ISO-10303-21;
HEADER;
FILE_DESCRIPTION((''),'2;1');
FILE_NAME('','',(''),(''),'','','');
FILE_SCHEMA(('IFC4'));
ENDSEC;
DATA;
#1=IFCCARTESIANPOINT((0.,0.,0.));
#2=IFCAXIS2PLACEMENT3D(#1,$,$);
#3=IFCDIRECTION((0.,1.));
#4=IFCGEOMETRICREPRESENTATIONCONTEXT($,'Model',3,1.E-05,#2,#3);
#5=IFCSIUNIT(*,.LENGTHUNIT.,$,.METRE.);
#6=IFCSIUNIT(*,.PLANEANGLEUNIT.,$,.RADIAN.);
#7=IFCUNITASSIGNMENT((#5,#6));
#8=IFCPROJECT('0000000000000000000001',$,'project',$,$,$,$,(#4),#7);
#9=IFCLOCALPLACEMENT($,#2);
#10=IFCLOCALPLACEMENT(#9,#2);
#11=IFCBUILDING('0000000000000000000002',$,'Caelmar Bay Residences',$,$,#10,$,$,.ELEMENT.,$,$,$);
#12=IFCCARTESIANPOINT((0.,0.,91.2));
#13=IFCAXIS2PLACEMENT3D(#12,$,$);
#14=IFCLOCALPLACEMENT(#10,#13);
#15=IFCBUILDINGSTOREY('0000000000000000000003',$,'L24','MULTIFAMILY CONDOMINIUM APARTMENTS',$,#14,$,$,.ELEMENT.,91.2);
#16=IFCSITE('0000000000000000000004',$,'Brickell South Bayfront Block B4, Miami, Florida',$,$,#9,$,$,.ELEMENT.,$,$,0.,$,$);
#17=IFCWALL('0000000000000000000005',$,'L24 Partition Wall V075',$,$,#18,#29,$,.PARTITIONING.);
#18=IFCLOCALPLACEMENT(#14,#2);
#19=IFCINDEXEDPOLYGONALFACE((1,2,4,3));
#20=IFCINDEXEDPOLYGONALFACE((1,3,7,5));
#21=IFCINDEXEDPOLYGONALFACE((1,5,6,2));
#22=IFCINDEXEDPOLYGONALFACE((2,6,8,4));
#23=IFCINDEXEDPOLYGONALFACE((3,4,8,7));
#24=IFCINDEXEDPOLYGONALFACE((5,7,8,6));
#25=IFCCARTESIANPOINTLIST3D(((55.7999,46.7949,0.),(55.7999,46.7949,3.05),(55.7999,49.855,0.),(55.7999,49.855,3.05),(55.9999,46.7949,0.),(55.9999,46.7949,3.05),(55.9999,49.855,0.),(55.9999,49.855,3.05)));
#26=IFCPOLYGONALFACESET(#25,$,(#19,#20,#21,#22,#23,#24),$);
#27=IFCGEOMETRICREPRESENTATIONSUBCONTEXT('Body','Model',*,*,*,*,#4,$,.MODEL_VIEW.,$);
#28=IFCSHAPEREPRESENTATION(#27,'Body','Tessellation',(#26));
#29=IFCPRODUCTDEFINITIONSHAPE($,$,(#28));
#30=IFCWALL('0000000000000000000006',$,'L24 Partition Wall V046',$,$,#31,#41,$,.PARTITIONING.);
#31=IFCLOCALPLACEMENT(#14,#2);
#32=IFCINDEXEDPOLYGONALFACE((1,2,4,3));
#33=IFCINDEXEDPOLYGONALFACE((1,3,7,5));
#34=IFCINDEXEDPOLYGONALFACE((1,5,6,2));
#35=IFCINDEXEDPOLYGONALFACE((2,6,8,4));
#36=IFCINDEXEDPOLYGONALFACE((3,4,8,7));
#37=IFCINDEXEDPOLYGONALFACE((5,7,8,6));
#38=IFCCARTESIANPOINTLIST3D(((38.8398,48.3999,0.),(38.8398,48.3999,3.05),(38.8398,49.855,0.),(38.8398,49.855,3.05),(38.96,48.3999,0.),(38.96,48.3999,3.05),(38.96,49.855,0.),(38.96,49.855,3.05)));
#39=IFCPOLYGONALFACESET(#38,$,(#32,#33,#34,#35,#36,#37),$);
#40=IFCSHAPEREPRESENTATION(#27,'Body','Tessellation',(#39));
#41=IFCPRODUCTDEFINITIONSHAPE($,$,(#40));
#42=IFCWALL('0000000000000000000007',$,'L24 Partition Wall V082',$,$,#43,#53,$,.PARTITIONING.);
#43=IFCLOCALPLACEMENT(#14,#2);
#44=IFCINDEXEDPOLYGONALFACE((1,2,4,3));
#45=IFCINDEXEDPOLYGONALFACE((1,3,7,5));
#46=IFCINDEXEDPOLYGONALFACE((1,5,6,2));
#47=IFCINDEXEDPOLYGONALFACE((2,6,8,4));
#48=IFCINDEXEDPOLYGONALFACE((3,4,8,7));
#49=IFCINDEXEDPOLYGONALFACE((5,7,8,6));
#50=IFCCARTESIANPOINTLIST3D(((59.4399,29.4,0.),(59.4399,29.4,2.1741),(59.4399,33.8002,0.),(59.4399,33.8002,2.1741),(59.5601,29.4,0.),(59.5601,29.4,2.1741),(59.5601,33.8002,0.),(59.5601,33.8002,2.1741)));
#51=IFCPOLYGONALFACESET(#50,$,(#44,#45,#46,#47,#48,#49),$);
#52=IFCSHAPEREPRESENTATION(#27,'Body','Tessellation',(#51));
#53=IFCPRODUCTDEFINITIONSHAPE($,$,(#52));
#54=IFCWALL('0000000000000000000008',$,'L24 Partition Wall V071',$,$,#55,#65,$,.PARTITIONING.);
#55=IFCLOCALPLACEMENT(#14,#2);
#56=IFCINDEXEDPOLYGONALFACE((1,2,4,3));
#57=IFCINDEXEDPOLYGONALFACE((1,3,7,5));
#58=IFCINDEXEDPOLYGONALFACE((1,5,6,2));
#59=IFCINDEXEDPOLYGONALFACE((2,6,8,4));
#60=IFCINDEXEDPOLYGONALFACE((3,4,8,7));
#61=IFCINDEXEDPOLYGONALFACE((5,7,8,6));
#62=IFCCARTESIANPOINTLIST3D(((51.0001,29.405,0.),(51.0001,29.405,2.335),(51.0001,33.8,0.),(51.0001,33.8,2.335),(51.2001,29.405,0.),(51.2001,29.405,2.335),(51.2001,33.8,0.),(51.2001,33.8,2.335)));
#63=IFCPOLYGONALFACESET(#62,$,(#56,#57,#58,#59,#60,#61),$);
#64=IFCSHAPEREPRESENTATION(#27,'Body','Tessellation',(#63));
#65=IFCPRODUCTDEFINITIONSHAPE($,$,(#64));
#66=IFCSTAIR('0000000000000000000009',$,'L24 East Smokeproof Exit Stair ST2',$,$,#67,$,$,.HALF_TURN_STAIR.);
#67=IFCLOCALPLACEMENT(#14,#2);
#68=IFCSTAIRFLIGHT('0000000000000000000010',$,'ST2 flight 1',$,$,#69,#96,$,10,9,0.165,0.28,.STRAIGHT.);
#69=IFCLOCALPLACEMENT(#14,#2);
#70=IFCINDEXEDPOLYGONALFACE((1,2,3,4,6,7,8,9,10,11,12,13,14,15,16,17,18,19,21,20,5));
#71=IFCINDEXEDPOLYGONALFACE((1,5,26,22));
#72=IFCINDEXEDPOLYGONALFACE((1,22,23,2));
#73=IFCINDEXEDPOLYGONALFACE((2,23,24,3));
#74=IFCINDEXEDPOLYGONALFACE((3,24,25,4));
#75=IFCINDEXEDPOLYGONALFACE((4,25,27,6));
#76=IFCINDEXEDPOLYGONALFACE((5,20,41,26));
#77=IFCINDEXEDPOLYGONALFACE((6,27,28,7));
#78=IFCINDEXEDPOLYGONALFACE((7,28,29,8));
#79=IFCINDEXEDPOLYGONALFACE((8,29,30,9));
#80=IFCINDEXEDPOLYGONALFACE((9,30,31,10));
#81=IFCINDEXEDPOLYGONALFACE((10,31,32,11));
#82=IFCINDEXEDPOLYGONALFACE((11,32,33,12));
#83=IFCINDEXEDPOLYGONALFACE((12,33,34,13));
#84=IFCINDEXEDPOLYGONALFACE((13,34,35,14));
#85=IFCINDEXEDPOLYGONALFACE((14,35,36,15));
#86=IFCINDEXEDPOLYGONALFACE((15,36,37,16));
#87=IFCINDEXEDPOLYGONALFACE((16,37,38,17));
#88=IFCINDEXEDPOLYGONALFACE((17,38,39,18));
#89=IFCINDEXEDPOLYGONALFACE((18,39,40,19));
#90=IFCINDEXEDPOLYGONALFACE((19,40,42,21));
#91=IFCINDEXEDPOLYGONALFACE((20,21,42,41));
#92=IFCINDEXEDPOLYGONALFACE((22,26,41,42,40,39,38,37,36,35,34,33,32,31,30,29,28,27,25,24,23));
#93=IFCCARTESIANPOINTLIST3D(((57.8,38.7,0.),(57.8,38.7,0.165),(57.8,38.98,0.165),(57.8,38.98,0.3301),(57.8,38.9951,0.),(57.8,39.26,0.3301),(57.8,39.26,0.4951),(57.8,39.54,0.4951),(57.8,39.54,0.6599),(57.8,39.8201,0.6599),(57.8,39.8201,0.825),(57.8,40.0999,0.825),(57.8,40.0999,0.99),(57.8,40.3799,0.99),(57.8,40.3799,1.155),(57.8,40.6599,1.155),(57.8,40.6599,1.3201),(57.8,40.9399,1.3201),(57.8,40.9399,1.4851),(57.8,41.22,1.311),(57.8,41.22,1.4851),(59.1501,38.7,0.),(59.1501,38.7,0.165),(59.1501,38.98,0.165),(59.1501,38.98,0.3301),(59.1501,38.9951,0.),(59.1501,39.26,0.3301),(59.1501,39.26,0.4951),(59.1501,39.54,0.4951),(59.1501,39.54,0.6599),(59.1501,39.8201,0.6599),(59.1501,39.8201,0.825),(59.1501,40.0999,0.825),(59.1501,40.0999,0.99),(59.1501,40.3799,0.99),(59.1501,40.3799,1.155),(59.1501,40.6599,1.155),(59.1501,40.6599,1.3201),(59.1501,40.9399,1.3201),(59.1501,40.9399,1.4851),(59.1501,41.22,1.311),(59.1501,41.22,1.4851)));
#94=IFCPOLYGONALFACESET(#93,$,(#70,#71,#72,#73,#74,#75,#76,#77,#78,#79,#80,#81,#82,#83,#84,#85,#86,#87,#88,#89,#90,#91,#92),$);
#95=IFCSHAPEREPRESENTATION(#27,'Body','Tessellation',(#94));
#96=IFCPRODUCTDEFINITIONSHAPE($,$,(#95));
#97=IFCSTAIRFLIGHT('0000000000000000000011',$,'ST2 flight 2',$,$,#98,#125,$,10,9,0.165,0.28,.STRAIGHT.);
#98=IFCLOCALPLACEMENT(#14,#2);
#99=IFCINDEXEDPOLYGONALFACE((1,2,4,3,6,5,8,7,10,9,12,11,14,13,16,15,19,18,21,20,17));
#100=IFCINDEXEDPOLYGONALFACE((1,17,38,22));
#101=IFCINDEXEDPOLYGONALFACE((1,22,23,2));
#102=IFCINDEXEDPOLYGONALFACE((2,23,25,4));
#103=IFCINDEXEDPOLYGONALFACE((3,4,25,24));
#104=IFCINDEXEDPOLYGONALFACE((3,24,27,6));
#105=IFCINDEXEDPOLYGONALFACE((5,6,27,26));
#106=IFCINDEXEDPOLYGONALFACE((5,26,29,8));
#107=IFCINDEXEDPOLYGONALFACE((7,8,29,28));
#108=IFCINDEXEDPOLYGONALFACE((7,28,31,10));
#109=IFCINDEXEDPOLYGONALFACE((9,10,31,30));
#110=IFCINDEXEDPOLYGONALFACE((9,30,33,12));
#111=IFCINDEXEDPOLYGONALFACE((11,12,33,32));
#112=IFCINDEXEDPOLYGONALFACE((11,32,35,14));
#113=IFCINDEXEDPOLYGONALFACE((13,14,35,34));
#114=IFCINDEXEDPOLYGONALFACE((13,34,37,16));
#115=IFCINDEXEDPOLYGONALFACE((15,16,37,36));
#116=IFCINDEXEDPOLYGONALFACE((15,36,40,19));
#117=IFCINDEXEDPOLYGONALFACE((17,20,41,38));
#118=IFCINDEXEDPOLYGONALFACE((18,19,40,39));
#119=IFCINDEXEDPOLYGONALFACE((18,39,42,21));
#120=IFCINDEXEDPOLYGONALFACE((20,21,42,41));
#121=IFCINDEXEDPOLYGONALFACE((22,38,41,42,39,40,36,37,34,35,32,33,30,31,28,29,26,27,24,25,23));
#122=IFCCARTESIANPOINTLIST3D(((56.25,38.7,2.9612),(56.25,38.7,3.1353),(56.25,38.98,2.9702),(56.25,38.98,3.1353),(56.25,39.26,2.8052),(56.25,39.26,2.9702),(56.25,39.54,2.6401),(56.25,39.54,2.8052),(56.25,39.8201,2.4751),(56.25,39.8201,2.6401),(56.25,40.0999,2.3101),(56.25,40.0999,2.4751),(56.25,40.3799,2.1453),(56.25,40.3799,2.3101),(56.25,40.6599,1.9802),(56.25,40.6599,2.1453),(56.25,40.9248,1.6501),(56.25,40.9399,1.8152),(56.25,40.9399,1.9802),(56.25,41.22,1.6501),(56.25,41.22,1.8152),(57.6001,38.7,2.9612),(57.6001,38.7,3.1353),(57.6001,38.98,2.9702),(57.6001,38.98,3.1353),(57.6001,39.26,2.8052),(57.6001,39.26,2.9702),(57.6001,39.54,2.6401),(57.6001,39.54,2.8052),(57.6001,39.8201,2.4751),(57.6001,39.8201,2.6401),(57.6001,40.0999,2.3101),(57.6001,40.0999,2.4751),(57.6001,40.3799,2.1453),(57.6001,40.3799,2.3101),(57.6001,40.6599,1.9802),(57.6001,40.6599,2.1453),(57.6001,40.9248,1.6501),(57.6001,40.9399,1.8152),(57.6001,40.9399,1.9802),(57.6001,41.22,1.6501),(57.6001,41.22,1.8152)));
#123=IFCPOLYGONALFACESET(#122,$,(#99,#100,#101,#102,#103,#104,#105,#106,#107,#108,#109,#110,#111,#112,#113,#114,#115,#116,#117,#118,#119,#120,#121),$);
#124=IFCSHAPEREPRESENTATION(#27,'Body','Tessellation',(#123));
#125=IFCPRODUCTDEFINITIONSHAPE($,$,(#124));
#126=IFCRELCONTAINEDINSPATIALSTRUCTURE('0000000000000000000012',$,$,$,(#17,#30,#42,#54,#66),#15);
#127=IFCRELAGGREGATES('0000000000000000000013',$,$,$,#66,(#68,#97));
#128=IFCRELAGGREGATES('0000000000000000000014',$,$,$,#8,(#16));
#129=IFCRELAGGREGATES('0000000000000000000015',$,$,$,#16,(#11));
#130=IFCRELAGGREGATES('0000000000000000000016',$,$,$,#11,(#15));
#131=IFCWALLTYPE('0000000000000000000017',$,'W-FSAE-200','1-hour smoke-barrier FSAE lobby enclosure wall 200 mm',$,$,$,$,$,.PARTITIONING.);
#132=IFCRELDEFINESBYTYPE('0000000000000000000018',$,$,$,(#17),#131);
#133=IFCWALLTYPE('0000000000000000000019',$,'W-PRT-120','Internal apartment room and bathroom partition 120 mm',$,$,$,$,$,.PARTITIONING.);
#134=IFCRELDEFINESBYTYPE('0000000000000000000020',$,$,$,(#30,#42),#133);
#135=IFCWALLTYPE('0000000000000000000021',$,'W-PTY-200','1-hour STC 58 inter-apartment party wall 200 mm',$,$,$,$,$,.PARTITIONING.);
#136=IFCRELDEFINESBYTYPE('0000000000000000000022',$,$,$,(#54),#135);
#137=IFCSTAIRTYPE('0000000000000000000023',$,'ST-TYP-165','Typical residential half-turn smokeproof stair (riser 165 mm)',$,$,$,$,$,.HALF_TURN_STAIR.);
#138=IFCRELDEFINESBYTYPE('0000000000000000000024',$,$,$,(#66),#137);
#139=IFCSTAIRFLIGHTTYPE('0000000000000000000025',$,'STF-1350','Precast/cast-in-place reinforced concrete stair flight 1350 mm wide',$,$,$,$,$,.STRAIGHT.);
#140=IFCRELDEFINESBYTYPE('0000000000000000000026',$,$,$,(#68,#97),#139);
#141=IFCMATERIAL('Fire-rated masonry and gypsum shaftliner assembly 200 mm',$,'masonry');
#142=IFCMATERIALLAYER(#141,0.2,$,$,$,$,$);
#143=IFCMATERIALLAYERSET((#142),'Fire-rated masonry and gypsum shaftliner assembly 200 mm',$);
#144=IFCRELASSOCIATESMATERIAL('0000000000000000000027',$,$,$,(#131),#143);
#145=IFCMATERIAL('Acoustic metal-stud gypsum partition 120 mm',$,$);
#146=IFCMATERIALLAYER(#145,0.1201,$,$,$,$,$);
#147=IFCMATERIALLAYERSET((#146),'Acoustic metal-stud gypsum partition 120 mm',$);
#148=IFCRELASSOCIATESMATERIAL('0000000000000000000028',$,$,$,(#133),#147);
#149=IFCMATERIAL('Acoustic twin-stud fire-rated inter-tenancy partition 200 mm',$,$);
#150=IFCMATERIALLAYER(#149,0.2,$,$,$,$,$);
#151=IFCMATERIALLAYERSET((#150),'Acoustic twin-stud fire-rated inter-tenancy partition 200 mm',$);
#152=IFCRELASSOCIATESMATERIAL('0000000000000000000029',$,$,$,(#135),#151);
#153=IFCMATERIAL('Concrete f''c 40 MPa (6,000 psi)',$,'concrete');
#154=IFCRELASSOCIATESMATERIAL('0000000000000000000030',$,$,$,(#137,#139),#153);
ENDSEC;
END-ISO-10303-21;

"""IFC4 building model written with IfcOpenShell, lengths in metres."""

from ifc_helpers import new_model, si_unit, direction, frame, frame_2d, origin, place, context, subcontext, project, spatial, polyline, rectangle, outline, extrude, material, layer, layer_set, type_object, element, aggregate, save


model = new_model("IFC4")

# Units and contexts
model_context = context("Model", 3, precision=1e-05, world=origin(), true_north=direction((0.0, 1.0)))
body_context = subcontext(model_context, "Body", "Model", "MODEL_VIEW")
ifc_project = project(units=[si_unit("LENGTHUNIT", "METRE"), si_unit("PLANEANGLEUNIT", "RADIAN")], contexts=[model_context])

# Site, building, storey
site_placement = place(None, origin())
site = spatial("IfcSite", under=ifc_project, at=site_placement, Name="Brickell South Bayfront Block B4, Miami, Florida", CompositionType="ELEMENT", RefElevation=0.0)
building_placement = place(site_placement, origin())
building = spatial("IfcBuilding", under=site, at=building_placement, Name="Caelmar Bay Residences", CompositionType="ELEMENT")
storey_placement = place(building_placement, frame((0.0, 0.0, 91.2)))
storey = spatial("IfcBuildingStorey", under=building, at=storey_placement, Name="L24", Description="MULTIFAMILY CONDOMINIUM APARTMENTS", CompositionType="ELEMENT", Elevation=91.2)

# Walls
ifc_material_1 = material(Name="Fire-rated masonry and gypsum shaftliner assembly 200 mm", Category="masonry")
ifc_layer_1 = layer(ifc_material_1, 0.2)
ifc_layer_set_1 = layer_set([ifc_layer_1], Name="Fire-rated masonry and gypsum shaftliner assembly 200 mm")
wall_type_1 = type_object("IfcWallType", Name="W-FSAE-200", Description="1-hour smoke-barrier FSAE lobby enclosure wall 200 mm", PredefinedType="PARTITIONING", material=ifc_layer_set_1)
wall_1_placement = place(storey_placement, frame((55.8999, 46.7949, 0.0), z_axis=(0.0, 0.0, 1.0), x_axis=(0.0, 1.0, 0.0)))
element("IfcWall", 1, at=wall_1_placement, inside=storey, type_object=wall_type_1, Name="L24 Partition Wall V075", PredefinedType="PARTITIONING", context=body_context, shape_type="SweptSolid", body=[
    extrude(rectangle(XDim=3.0601, YDim=0.2, at=frame_2d((1.53, 0.0))), origin(), (0.0, 0.0, 1.0), 3.05),
])
ifc_material_2 = material(Name="Acoustic metal-stud gypsum partition 120 mm")
ifc_layer_2 = layer(ifc_material_2, 0.1201)
ifc_layer_set_2 = layer_set([ifc_layer_2], Name="Acoustic metal-stud gypsum partition 120 mm")
wall_type_2 = type_object("IfcWallType", Name="W-PRT-120", Description="Internal apartment room and bathroom partition 120 mm", PredefinedType="PARTITIONING", material=ifc_layer_set_2)
wall_2_placement = place(storey_placement, frame((38.8999, 48.3999, 0.0), z_axis=(0.0, 0.0, 1.0), x_axis=(0.0, 1.0, 0.0)))
element("IfcWall", 2, at=wall_2_placement, inside=storey, type_object=wall_type_2, Name="L24 Partition Wall V046", PredefinedType="PARTITIONING", context=body_context, shape_type="SweptSolid", body=[
    extrude(rectangle(XDim=1.4551, YDim=0.1201, at=frame_2d((0.7275, 0.0))), origin(), (0.0, 0.0, 1.0), 3.05),
])
wall_3_placement = place(storey_placement, frame((59.5, 29.3999, 0.0), z_axis=(0.0, 0.0, 1.0), x_axis=(0.0, 1.0, 0.0)))
element("IfcWall", 3, at=wall_3_placement, inside=storey, type_object=wall_type_2, Name="L24 Partition Wall V082", PredefinedType="PARTITIONING", context=body_context, shape_type="SweptSolid", body=[
    extrude(rectangle(XDim=4.4001, YDim=0.1201, at=frame_2d((2.2002, 0.0))), origin(), (0.0, 0.0, 1.0), 2.1741),
])
ifc_material_3 = material(Name="Acoustic twin-stud fire-rated inter-tenancy partition 200 mm")
ifc_layer_3 = layer(ifc_material_3, 0.2)
ifc_layer_set_3 = layer_set([ifc_layer_3], Name="Acoustic twin-stud fire-rated inter-tenancy partition 200 mm")
wall_type_3 = type_object("IfcWallType", Name="W-PTY-200", Description="1-hour STC 58 inter-apartment party wall 200 mm", PredefinedType="PARTITIONING", material=ifc_layer_set_3)
wall_4_placement = place(storey_placement, frame((51.1001, 29.405, 0.0), z_axis=(0.0, 0.0, 1.0), x_axis=(0.0, 1.0, 0.0)))
element("IfcWall", 4, at=wall_4_placement, inside=storey, type_object=wall_type_3, Name="L24 Partition Wall V071", PredefinedType="PARTITIONING", context=body_context, shape_type="SweptSolid", body=[
    extrude(rectangle(XDim=4.395, YDim=0.2, at=frame_2d((2.1975, 0.0))), origin(), (0.0, 0.0, 1.0), 2.335),
])

# Stair, stair flights
ifc_material_4 = material(Name="Concrete f'c 40 MPa (6,000 psi)", Category="concrete")
stair_type = type_object("IfcStairType", Name="ST-TYP-165", Description="Typical residential half-turn smokeproof stair (riser 165 mm)", PredefinedType="HALF_TURN_STAIR", material=ifc_material_4)
stair_placement = place(storey_placement, origin())
stair = element("IfcStair", 5, at=stair_placement, inside=storey, type_object=stair_type, Name="L24 East Smokeproof Exit Stair ST2", PredefinedType="HALF_TURN_STAIR")
stair_flight_type = type_object("IfcStairFlightType", Name="STF-1350", Description="Precast/cast-in-place reinforced concrete stair flight 1350 mm wide", PredefinedType="STRAIGHT", material=ifc_material_4)
stair_flight_1_placement = place(storey_placement, frame((58.4751, 38.7, 0.0), z_axis=(0.0, 0.0, 1.0), x_axis=(0.0, 1.0, 0.0)))
stair_flight_1 = element("IfcStairFlight", 6, at=stair_flight_1_placement, type_object=stair_flight_type, Name="ST2 flight 1", NumberOfRisers=10, NumberOfTreads=9, PredefinedType="STRAIGHT", RiserHeight=0.165, TreadLength=0.28, context=body_context, shape_type="SweptSolid", body=[
    extrude(outline(polyline([(0.0, 0.0), (0.0, 0.165), (0.28, 0.165), (0.28, 0.3301), (0.5601, 0.3301), (0.5601, 0.4951), (0.8401, 0.4951), (0.8401, 0.6599), (1.1201, 0.6599), (1.1201, 0.825), (1.3999, 0.825), (1.3999, 0.99), (1.6799, 0.99), (1.6799, 1.155), (1.96, 1.155), (1.96, 1.3201), (2.24, 1.3201), (2.24, 1.4851), (2.52, 1.4851), (2.52, 1.6499), (2.52, 1.311), (0.2952, 0.0), (0.0, 0.0)])), frame((0.0, 0.675, 0.0), z_axis=(0.0, -1.0, 0.0), x_axis=(1.0, 0.0, 0.0)), (0.0, 0.0, 1.0), 1.3501),
])
stair_flight_2_placement = place(storey_placement, frame((56.925, 41.22, 1.6501), z_axis=(0.0, 0.0, 1.0), x_axis=(0.0, -1.0, 0.0)))
stair_flight_2 = element("IfcStairFlight", 7, at=stair_flight_2_placement, type_object=stair_flight_type, Name="ST2 flight 2", NumberOfRisers=10, NumberOfTreads=9, PredefinedType="STRAIGHT", RiserHeight=0.165, TreadLength=0.28, context=body_context, shape_type="SweptSolid", body=[
    extrude(outline(polyline([(0.0, 0.0), (0.0, 0.165), (0.28, 0.165), (0.28, 0.3301), (0.5601, 0.3301), (0.5601, 0.4951), (0.8401, 0.4951), (0.8401, 0.6599), (1.1201, 0.6599), (1.1201, 0.825), (1.3999, 0.825), (1.3999, 0.99), (1.6799, 0.99), (1.6799, 1.155), (1.96, 1.155), (1.96, 1.3201), (2.24, 1.3201), (2.24, 1.4851), (2.52, 1.4851), (2.52, 1.6499), (2.52, 1.311), (0.2952, 0.0), (0.0, 0.0)])), frame((0.0, 0.675, 0.0), z_axis=(0.0, -1.0, 0.0), x_axis=(1.0, 0.0, 0.0)), (0.0, 0.0, 1.0), 1.3501),
])
aggregate(stair, [stair_flight_1, stair_flight_2])

save(model, "model.ifc")
